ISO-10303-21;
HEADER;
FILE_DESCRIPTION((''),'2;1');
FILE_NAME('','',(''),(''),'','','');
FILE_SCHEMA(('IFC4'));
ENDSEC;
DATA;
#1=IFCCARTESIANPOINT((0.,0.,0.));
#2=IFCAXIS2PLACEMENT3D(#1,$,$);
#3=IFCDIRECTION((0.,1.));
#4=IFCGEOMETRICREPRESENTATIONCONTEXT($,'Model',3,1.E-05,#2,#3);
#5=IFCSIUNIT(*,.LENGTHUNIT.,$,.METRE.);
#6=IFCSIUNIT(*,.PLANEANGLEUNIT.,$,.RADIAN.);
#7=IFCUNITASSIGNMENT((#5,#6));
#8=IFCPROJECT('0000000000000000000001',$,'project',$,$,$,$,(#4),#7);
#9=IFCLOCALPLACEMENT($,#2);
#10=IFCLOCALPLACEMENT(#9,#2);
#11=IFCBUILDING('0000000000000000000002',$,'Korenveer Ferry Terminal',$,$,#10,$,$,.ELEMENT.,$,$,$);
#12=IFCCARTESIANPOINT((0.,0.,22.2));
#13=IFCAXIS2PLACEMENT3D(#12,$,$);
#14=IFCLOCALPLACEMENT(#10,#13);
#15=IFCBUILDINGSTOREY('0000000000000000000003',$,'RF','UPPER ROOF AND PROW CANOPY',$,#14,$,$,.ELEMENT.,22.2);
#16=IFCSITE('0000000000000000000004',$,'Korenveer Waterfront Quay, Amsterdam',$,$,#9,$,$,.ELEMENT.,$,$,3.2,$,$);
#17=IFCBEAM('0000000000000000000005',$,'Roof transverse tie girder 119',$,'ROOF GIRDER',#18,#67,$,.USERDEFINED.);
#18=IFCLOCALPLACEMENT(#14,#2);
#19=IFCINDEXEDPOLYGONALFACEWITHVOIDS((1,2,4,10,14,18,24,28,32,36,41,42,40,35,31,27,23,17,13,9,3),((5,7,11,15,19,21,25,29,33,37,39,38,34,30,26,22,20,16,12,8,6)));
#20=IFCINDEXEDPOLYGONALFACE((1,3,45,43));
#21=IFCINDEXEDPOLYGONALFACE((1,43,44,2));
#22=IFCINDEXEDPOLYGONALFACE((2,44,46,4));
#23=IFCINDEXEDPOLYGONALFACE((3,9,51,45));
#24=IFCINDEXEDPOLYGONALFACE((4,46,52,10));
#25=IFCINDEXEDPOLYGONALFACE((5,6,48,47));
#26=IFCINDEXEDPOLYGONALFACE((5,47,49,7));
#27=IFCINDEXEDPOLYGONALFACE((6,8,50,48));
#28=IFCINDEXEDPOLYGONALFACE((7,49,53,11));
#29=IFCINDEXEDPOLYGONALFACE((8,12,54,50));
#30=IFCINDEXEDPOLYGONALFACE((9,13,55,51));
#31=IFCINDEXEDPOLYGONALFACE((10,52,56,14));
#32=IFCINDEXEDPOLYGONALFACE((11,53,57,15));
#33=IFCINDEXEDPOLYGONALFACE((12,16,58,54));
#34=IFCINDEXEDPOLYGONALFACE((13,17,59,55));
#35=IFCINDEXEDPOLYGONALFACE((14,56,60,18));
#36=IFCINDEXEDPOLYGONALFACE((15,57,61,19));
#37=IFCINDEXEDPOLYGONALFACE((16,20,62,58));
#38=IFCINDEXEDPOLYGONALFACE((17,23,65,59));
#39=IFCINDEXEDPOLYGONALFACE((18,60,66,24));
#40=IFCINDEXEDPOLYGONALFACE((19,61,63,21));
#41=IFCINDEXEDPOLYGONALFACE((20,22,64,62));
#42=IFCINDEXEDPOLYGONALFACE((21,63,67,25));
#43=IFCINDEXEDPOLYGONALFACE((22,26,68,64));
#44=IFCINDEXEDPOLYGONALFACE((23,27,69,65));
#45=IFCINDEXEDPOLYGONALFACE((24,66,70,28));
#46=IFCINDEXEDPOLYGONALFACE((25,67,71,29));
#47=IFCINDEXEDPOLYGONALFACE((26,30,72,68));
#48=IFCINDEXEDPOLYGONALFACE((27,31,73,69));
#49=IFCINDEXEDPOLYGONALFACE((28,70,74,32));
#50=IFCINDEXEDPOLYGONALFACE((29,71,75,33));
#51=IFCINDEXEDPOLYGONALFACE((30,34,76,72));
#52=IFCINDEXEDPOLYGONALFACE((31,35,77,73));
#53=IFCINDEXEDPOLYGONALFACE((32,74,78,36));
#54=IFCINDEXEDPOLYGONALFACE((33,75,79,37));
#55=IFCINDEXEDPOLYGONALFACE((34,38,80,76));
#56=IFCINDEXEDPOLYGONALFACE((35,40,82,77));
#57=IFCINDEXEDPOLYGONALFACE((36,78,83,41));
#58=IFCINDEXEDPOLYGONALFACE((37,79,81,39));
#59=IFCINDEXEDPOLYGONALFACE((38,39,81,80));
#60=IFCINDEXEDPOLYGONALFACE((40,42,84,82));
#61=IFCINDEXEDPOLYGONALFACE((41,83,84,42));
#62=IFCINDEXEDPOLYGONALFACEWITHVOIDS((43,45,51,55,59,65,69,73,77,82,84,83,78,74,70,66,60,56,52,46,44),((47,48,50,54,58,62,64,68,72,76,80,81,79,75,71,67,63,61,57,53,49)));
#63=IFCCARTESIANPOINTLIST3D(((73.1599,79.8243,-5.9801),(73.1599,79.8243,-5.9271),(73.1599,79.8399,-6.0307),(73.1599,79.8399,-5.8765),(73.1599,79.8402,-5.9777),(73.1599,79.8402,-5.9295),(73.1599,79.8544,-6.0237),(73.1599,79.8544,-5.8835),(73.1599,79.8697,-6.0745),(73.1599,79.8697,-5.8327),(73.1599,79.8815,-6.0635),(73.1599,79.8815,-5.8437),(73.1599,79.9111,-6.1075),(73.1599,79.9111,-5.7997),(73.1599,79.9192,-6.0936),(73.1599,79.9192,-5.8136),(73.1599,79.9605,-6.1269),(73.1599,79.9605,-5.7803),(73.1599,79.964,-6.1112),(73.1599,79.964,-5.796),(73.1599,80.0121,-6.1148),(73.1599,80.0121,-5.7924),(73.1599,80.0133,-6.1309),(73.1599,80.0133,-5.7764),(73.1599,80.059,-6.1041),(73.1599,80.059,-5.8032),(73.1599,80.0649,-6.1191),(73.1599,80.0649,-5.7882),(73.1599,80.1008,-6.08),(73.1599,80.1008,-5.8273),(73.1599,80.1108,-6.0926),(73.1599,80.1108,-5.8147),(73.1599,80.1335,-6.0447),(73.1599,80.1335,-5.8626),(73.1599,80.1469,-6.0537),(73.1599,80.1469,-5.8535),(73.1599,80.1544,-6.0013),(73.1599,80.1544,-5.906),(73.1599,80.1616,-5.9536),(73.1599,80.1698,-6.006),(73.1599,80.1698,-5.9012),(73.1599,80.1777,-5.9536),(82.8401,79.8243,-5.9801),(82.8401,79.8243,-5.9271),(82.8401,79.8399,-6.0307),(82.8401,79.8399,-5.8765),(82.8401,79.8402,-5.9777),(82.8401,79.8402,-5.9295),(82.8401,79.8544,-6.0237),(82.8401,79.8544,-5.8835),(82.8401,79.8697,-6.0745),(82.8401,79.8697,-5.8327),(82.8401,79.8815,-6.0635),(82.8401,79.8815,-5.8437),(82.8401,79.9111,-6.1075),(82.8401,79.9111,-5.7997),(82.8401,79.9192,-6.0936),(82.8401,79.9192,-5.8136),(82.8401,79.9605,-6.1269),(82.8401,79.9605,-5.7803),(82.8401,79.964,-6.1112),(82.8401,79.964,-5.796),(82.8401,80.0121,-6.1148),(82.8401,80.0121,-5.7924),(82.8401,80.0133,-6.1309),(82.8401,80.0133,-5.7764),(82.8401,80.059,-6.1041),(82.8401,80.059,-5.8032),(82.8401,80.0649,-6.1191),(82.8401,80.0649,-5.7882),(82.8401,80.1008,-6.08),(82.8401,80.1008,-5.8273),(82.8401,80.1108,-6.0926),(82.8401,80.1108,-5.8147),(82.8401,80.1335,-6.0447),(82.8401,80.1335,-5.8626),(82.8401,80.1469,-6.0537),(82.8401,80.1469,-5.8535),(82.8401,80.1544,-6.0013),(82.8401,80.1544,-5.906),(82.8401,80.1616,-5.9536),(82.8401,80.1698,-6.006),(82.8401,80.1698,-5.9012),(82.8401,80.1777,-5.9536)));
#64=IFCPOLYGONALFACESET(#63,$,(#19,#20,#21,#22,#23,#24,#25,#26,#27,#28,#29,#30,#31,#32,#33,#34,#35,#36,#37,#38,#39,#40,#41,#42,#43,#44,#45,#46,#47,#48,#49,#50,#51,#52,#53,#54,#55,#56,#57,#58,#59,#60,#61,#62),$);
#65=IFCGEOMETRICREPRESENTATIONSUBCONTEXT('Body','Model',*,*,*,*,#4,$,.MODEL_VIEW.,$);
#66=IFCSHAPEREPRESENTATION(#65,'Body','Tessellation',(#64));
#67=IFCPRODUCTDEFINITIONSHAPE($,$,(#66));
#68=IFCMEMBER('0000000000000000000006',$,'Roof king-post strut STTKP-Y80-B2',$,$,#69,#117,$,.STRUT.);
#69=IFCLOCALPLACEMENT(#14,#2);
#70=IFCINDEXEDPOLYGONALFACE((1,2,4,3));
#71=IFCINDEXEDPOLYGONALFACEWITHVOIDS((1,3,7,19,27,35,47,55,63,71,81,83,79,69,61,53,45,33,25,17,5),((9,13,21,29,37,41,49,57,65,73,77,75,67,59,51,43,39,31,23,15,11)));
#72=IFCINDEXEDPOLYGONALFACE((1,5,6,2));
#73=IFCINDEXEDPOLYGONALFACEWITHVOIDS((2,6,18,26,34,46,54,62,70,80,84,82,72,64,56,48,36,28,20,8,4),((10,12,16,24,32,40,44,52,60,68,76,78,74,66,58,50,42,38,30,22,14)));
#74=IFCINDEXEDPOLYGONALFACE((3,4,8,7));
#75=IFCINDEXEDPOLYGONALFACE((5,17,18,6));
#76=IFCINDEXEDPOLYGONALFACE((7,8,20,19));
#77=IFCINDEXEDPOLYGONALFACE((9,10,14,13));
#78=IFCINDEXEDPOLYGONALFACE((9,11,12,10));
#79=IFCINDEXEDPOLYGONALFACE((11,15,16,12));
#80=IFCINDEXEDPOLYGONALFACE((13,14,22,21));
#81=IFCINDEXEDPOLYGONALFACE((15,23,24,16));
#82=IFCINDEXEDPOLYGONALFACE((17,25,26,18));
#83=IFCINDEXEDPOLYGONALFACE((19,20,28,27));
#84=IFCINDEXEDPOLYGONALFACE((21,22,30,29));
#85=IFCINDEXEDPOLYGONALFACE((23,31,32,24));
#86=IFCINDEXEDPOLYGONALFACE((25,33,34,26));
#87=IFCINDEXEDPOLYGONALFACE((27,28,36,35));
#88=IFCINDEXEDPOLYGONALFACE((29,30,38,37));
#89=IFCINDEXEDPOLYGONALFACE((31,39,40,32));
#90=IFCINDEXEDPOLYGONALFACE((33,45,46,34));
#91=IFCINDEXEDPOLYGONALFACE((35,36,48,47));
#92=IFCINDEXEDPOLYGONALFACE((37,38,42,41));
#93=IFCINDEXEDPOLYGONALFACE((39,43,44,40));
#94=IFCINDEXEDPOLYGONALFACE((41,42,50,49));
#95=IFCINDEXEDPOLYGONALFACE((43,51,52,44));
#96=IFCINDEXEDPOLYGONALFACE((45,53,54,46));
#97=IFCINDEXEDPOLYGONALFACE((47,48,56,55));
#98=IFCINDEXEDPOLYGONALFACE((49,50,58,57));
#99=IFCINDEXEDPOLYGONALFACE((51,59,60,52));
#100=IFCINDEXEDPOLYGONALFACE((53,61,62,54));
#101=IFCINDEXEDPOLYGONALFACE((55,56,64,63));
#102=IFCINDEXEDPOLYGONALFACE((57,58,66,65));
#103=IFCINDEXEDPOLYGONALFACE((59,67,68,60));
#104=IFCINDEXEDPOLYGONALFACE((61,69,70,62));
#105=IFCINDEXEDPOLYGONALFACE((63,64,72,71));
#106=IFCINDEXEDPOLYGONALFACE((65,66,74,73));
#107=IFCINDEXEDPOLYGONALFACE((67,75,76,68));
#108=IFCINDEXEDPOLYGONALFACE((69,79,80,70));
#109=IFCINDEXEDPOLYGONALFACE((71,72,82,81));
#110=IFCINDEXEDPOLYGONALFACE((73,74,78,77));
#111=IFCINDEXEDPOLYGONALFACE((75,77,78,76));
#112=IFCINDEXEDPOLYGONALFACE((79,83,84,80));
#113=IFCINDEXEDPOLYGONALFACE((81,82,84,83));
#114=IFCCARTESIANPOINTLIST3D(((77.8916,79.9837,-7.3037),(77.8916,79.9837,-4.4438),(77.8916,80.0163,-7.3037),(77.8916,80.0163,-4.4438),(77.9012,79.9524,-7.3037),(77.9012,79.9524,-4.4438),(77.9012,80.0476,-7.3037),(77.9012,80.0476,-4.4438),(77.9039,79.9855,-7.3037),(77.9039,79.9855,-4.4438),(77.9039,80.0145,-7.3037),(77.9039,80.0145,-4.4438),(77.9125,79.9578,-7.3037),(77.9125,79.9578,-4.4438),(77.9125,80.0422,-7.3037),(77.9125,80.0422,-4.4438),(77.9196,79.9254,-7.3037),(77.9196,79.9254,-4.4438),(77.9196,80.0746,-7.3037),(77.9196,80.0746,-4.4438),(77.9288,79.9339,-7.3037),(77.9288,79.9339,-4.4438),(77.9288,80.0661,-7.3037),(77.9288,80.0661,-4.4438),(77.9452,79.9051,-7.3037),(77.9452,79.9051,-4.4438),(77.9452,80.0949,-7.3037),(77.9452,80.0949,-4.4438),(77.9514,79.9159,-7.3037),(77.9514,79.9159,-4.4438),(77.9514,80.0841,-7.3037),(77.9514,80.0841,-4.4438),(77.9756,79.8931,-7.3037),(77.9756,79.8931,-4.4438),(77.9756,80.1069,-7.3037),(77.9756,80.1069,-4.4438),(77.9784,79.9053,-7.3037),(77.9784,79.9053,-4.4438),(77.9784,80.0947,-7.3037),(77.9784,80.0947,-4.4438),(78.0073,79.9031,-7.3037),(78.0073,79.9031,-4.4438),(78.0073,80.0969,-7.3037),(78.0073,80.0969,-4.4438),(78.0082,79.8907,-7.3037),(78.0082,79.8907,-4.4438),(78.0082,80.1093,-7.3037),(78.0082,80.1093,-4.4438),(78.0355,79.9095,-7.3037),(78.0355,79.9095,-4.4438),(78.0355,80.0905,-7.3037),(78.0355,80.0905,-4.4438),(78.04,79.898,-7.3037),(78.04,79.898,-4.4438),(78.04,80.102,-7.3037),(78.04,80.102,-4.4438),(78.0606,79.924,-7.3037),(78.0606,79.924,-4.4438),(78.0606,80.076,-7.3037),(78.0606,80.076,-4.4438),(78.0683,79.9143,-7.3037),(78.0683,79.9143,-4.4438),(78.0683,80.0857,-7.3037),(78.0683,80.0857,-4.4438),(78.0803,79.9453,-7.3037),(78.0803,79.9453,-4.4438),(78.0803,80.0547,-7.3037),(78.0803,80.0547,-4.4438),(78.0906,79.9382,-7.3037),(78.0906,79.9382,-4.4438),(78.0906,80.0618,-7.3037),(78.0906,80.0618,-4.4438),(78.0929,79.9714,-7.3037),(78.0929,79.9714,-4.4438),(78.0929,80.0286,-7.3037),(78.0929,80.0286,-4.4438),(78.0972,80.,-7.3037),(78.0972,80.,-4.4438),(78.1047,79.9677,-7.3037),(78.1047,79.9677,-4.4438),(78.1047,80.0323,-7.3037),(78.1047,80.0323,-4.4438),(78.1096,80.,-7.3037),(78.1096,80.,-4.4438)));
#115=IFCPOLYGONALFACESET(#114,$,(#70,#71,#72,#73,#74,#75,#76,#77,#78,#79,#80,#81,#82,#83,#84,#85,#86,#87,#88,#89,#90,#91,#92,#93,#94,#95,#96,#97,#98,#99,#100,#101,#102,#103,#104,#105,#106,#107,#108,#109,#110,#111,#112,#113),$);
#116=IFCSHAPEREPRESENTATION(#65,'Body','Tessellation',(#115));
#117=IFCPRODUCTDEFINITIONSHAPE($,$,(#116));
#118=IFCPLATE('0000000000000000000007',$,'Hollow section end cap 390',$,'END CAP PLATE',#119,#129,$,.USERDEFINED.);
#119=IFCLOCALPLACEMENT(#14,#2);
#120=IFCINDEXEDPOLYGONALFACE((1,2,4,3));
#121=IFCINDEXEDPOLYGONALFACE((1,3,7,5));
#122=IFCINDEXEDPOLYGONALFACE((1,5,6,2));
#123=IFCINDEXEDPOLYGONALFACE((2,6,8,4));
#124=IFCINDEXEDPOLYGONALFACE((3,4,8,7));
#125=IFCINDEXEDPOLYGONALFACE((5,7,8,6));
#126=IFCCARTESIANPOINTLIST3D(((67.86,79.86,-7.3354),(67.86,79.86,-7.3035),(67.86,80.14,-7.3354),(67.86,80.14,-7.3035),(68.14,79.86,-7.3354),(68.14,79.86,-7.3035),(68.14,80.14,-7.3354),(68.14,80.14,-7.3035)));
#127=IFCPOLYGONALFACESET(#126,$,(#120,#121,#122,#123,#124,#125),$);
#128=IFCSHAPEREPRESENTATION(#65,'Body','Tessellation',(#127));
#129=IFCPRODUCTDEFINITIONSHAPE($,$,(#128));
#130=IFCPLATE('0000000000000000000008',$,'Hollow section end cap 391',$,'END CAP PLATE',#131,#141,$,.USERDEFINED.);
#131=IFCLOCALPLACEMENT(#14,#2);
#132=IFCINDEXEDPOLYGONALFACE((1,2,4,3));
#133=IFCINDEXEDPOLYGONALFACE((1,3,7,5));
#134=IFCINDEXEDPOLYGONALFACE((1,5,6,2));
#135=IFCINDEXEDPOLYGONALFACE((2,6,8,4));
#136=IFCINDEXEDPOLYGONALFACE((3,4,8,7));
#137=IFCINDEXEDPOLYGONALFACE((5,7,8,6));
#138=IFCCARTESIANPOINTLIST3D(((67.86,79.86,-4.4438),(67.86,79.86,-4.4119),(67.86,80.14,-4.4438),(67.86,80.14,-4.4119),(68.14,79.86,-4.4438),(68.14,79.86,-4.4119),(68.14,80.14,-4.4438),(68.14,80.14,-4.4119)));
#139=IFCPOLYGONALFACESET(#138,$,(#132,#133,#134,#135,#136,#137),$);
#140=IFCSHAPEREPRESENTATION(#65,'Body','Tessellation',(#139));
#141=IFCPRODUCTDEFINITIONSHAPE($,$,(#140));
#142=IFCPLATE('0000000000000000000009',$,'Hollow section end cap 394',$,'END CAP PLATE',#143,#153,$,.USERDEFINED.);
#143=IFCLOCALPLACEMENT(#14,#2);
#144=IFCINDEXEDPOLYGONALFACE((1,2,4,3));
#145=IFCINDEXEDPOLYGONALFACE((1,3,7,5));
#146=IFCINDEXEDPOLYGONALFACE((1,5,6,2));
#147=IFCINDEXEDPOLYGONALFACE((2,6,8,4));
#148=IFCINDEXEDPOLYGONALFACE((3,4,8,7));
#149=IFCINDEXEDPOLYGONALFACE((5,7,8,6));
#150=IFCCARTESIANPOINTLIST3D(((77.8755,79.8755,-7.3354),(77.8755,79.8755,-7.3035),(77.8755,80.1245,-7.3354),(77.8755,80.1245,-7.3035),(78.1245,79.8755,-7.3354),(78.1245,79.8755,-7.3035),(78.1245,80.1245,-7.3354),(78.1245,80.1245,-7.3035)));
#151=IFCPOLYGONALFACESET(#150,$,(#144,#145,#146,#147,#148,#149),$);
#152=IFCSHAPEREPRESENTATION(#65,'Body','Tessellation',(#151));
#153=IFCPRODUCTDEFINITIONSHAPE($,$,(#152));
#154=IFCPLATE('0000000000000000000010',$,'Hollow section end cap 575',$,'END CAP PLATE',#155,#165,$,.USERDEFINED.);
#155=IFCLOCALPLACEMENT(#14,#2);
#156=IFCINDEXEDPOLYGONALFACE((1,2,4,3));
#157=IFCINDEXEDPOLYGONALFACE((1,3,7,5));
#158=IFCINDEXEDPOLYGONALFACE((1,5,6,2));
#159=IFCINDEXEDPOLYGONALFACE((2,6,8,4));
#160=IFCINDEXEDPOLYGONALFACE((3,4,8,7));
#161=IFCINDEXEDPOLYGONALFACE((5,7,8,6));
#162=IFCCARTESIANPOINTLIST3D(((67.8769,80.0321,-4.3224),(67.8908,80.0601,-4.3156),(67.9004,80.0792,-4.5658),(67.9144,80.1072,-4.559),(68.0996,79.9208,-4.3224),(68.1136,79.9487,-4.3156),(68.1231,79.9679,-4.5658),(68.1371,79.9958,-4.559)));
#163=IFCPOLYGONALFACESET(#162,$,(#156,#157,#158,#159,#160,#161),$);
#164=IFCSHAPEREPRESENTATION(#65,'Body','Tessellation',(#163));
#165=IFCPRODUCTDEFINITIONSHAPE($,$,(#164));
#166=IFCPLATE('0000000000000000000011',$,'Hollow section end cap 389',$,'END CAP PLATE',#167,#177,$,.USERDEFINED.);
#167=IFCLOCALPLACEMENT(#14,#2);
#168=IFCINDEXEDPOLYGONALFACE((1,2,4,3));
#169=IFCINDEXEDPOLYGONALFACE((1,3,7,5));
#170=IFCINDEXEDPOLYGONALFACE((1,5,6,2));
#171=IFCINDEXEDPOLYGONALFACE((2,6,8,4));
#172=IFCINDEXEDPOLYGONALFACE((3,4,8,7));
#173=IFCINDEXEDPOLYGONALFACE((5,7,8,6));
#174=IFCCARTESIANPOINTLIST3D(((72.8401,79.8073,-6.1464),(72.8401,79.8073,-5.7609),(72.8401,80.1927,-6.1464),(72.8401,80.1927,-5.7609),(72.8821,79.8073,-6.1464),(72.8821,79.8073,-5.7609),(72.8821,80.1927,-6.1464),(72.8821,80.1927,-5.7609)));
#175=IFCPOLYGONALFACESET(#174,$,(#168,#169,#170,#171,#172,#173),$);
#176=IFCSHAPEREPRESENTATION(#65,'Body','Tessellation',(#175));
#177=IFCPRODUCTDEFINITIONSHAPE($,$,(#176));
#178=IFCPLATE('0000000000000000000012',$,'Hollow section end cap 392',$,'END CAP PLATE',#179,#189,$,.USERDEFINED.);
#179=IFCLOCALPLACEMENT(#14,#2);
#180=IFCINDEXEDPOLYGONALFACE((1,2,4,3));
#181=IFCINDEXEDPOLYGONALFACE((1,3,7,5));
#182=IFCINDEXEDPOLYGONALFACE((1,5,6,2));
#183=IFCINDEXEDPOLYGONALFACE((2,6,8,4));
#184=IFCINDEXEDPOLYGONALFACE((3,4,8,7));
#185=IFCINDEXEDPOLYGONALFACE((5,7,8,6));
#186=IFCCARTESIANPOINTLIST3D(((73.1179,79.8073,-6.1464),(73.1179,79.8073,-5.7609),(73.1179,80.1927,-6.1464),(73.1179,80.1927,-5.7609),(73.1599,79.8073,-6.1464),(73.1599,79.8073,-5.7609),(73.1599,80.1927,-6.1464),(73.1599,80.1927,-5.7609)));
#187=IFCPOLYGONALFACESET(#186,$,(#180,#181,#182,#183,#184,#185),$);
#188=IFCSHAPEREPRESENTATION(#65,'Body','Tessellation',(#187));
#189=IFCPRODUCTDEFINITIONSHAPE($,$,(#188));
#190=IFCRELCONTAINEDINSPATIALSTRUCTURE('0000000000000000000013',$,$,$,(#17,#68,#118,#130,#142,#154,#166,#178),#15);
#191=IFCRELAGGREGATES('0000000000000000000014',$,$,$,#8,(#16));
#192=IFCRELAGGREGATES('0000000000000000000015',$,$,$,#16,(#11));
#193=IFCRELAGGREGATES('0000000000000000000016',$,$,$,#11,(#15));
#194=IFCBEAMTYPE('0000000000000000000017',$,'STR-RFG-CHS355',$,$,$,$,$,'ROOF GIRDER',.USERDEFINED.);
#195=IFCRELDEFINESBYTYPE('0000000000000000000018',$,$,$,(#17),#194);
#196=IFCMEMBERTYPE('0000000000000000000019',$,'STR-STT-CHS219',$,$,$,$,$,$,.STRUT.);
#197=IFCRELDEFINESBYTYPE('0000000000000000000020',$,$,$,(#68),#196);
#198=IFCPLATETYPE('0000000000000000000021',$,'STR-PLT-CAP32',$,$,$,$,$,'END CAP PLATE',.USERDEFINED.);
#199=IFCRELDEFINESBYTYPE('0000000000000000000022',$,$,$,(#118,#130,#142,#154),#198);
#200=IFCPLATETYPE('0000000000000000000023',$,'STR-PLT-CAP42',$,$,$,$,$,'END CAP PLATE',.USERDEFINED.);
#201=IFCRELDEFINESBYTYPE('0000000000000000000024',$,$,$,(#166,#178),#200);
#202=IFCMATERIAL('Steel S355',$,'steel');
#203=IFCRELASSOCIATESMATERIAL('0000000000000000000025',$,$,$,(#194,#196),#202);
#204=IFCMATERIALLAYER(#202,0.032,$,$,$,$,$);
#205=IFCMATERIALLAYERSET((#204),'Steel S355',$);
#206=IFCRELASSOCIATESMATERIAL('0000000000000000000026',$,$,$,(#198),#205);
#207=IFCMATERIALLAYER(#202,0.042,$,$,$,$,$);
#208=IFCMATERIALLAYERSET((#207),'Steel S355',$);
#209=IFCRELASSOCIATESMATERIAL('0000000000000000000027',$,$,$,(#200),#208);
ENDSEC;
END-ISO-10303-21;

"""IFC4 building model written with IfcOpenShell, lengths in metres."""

from ifc_helpers import new_model, si_unit, direction, frame, origin, origin_2d, place, context, subcontext, project, spatial, rectangle, hollow_circle, extrude, material, layer, layer_set, material_profile, profile_set, type_object, element, save


model = new_model("IFC4")

# Units and contexts
model_context = context("Model", 3, precision=1e-05, world=origin(), true_north=direction((0.0, 1.0)))
body_context = subcontext(model_context, "Body", "Model", "MODEL_VIEW")
ifc_project = project(units=[si_unit("LENGTHUNIT", "METRE"), si_unit("PLANEANGLEUNIT", "RADIAN")], contexts=[model_context])

# Site, building, storey
site_placement = place(None, origin())
site = spatial("IfcSite", under=ifc_project, at=site_placement, Name="Korenveer Waterfront Quay, Amsterdam", CompositionType="ELEMENT", RefElevation=3.2)
building_placement = place(site_placement, origin())
building = spatial("IfcBuilding", under=site, at=building_placement, Name="Korenveer Ferry Terminal", CompositionType="ELEMENT")
storey_placement = place(building_placement, frame((0.0, 0.0, 22.2)))
storey = spatial("IfcBuildingStorey", under=building, at=storey_placement, Name="RF", Description="UPPER ROOF AND PROW CANOPY", CompositionType="ELEMENT", Elevation=22.2)

# Beam
ifc_material_1 = material(Name="Steel S355", Category="steel")
ifc_material_profile_1 = material_profile(ifc_material_1, hollow_circle(Radius=0.1777, WallThickness=0.0161, at=origin_2d()), Name="CHS 355.6x16")
ifc_profile_set_1 = profile_set([ifc_material_profile_1], Name="Steel S355")
beam_type = type_object("IfcBeamType", Name="STR-RFG-CHS355", ElementType="ROOF GIRDER", PredefinedType="USERDEFINED", material=ifc_profile_set_1)
beam_placement = place(storey_placement, frame((73.1599, 80.0, -5.9536), z_axis=(1.0, 0.0, 0.0), x_axis=(0.0, 1.0, 0.0)))
element("IfcBeam", 1, at=beam_placement, inside=storey, type_object=beam_type, Name="Roof transverse tie girder 119", ObjectType="ROOF GIRDER", PredefinedType="USERDEFINED", context=body_context, shape_type="SweptSolid", body=[
    extrude(hollow_circle(Radius=0.1777, WallThickness=0.0161, at=origin_2d()), origin(), (0.0, 0.0, 1.0), 9.6802),
])

# Member
ifc_material_profile_2 = material_profile(ifc_material_1, hollow_circle(Radius=0.1096, WallThickness=0.0125, at=origin_2d()), Name="CHS 219.1x12.5")
ifc_profile_set_2 = profile_set([ifc_material_profile_2], Name="Steel S355")
member_type_1 = type_object("IfcMemberType", Name="STR-STT-CHS219", PredefinedType="STRUT", material=ifc_profile_set_2)
member_1_placement = place(storey_placement, frame((78.0, 80.0, -7.3037), z_axis=(0.0, 0.0, 1.0), x_axis=(1.0, 0.0, 0.0)))
element("IfcMember", 2, at=member_1_placement, inside=storey, type_object=member_type_1, Name="Roof king-post strut STTKP-Y80-B2", PredefinedType="STRUT", context=body_context, shape_type="SweptSolid", body=[
    extrude(hollow_circle(Radius=0.1096, WallThickness=0.0125, at=origin_2d()), origin(), (0.0, 0.0, 1.0), 2.8599),
])

# Plates
ifc_layer_1 = layer(ifc_material_1, 0.032)
ifc_layer_set_1 = layer_set([ifc_layer_1], Name="Steel S355")
plate_type_1 = type_object("IfcPlateType", Name="STR-PLT-CAP32", ElementType="END CAP PLATE", PredefinedType="USERDEFINED", material=ifc_layer_set_1)
for number, where, z_axis, x_axis, name in (
    (3, (68.0, 80.0, -7.3354), (0.0, 0.0, 1.0), (1.0, 0.0, 0.0), "Hollow section end cap 390"),
    (4, (68.0, 80.0, -4.4438), (0.0, 0.0, 1.0), (1.0, 0.0, 0.0), "Hollow section end cap 391"),
):
    element("IfcPlate", number, at=place(storey_placement, frame(where, z_axis=z_axis, x_axis=x_axis)), inside=storey, type_object=plate_type_1, Name=name, ObjectType="END CAP PLATE", PredefinedType="USERDEFINED", context=body_context, shape_type="SweptSolid", body=[
        extrude(rectangle(XDim=0.28, YDim=0.28, at=origin_2d()), origin(), (0.0, 0.0, 1.0), 0.032),
    ])
for number, where, z_axis, x_axis, name in (
    (5, (78.0, 80.0, -7.3354), (0.0, 0.0, 1.0), (1.0, 0.0, 0.0), "Hollow section end cap 394"),
    (6, (68.0, 80.0, -4.4441), (0.43711, 0.874221, 0.21136), (-0.894427, 0.447214, 0.0), "Hollow section end cap 575"),
):
    element("IfcPlate", number, at=place(storey_placement, frame(where, z_axis=z_axis, x_axis=x_axis)), inside=storey, type_object=plate_type_1, Name=name, ObjectType="END CAP PLATE", PredefinedType="USERDEFINED", context=body_context, shape_type="SweptSolid", body=[
        extrude(rectangle(XDim=0.249, YDim=0.249, at=origin_2d()), origin(), (0.0, 0.0, 1.0), 0.032),
    ])
ifc_layer_2 = layer(ifc_material_1, 0.042)
ifc_layer_set_2 = layer_set([ifc_layer_2], Name="Steel S355")
plate_type_2 = type_object("IfcPlateType", Name="STR-PLT-CAP42", ElementType="END CAP PLATE", PredefinedType="USERDEFINED", material=ifc_layer_set_2)
for number, where, z_axis, x_axis, name in (
    (7, (72.8401, 80.0, -5.9536), (1.0, 0.0, 0.0), (0.0, 1.0, 0.0), "Hollow section end cap 389"),
    (8, (73.1179, 80.0, -5.9536), (1.0, 0.0, 0.0), (0.0, 1.0, 0.0), "Hollow section end cap 392"),
):
    element("IfcPlate", number, at=place(storey_placement, frame(where, z_axis=z_axis, x_axis=x_axis)), inside=storey, type_object=plate_type_2, Name=name, ObjectType="END CAP PLATE", PredefinedType="USERDEFINED", context=body_context, shape_type="SweptSolid", body=[
        extrude(rectangle(XDim=0.3855, YDim=0.3855, at=origin_2d()), origin(), (0.0, 0.0, 1.0), 0.042),
    ])

save(model, "model.ifc")
